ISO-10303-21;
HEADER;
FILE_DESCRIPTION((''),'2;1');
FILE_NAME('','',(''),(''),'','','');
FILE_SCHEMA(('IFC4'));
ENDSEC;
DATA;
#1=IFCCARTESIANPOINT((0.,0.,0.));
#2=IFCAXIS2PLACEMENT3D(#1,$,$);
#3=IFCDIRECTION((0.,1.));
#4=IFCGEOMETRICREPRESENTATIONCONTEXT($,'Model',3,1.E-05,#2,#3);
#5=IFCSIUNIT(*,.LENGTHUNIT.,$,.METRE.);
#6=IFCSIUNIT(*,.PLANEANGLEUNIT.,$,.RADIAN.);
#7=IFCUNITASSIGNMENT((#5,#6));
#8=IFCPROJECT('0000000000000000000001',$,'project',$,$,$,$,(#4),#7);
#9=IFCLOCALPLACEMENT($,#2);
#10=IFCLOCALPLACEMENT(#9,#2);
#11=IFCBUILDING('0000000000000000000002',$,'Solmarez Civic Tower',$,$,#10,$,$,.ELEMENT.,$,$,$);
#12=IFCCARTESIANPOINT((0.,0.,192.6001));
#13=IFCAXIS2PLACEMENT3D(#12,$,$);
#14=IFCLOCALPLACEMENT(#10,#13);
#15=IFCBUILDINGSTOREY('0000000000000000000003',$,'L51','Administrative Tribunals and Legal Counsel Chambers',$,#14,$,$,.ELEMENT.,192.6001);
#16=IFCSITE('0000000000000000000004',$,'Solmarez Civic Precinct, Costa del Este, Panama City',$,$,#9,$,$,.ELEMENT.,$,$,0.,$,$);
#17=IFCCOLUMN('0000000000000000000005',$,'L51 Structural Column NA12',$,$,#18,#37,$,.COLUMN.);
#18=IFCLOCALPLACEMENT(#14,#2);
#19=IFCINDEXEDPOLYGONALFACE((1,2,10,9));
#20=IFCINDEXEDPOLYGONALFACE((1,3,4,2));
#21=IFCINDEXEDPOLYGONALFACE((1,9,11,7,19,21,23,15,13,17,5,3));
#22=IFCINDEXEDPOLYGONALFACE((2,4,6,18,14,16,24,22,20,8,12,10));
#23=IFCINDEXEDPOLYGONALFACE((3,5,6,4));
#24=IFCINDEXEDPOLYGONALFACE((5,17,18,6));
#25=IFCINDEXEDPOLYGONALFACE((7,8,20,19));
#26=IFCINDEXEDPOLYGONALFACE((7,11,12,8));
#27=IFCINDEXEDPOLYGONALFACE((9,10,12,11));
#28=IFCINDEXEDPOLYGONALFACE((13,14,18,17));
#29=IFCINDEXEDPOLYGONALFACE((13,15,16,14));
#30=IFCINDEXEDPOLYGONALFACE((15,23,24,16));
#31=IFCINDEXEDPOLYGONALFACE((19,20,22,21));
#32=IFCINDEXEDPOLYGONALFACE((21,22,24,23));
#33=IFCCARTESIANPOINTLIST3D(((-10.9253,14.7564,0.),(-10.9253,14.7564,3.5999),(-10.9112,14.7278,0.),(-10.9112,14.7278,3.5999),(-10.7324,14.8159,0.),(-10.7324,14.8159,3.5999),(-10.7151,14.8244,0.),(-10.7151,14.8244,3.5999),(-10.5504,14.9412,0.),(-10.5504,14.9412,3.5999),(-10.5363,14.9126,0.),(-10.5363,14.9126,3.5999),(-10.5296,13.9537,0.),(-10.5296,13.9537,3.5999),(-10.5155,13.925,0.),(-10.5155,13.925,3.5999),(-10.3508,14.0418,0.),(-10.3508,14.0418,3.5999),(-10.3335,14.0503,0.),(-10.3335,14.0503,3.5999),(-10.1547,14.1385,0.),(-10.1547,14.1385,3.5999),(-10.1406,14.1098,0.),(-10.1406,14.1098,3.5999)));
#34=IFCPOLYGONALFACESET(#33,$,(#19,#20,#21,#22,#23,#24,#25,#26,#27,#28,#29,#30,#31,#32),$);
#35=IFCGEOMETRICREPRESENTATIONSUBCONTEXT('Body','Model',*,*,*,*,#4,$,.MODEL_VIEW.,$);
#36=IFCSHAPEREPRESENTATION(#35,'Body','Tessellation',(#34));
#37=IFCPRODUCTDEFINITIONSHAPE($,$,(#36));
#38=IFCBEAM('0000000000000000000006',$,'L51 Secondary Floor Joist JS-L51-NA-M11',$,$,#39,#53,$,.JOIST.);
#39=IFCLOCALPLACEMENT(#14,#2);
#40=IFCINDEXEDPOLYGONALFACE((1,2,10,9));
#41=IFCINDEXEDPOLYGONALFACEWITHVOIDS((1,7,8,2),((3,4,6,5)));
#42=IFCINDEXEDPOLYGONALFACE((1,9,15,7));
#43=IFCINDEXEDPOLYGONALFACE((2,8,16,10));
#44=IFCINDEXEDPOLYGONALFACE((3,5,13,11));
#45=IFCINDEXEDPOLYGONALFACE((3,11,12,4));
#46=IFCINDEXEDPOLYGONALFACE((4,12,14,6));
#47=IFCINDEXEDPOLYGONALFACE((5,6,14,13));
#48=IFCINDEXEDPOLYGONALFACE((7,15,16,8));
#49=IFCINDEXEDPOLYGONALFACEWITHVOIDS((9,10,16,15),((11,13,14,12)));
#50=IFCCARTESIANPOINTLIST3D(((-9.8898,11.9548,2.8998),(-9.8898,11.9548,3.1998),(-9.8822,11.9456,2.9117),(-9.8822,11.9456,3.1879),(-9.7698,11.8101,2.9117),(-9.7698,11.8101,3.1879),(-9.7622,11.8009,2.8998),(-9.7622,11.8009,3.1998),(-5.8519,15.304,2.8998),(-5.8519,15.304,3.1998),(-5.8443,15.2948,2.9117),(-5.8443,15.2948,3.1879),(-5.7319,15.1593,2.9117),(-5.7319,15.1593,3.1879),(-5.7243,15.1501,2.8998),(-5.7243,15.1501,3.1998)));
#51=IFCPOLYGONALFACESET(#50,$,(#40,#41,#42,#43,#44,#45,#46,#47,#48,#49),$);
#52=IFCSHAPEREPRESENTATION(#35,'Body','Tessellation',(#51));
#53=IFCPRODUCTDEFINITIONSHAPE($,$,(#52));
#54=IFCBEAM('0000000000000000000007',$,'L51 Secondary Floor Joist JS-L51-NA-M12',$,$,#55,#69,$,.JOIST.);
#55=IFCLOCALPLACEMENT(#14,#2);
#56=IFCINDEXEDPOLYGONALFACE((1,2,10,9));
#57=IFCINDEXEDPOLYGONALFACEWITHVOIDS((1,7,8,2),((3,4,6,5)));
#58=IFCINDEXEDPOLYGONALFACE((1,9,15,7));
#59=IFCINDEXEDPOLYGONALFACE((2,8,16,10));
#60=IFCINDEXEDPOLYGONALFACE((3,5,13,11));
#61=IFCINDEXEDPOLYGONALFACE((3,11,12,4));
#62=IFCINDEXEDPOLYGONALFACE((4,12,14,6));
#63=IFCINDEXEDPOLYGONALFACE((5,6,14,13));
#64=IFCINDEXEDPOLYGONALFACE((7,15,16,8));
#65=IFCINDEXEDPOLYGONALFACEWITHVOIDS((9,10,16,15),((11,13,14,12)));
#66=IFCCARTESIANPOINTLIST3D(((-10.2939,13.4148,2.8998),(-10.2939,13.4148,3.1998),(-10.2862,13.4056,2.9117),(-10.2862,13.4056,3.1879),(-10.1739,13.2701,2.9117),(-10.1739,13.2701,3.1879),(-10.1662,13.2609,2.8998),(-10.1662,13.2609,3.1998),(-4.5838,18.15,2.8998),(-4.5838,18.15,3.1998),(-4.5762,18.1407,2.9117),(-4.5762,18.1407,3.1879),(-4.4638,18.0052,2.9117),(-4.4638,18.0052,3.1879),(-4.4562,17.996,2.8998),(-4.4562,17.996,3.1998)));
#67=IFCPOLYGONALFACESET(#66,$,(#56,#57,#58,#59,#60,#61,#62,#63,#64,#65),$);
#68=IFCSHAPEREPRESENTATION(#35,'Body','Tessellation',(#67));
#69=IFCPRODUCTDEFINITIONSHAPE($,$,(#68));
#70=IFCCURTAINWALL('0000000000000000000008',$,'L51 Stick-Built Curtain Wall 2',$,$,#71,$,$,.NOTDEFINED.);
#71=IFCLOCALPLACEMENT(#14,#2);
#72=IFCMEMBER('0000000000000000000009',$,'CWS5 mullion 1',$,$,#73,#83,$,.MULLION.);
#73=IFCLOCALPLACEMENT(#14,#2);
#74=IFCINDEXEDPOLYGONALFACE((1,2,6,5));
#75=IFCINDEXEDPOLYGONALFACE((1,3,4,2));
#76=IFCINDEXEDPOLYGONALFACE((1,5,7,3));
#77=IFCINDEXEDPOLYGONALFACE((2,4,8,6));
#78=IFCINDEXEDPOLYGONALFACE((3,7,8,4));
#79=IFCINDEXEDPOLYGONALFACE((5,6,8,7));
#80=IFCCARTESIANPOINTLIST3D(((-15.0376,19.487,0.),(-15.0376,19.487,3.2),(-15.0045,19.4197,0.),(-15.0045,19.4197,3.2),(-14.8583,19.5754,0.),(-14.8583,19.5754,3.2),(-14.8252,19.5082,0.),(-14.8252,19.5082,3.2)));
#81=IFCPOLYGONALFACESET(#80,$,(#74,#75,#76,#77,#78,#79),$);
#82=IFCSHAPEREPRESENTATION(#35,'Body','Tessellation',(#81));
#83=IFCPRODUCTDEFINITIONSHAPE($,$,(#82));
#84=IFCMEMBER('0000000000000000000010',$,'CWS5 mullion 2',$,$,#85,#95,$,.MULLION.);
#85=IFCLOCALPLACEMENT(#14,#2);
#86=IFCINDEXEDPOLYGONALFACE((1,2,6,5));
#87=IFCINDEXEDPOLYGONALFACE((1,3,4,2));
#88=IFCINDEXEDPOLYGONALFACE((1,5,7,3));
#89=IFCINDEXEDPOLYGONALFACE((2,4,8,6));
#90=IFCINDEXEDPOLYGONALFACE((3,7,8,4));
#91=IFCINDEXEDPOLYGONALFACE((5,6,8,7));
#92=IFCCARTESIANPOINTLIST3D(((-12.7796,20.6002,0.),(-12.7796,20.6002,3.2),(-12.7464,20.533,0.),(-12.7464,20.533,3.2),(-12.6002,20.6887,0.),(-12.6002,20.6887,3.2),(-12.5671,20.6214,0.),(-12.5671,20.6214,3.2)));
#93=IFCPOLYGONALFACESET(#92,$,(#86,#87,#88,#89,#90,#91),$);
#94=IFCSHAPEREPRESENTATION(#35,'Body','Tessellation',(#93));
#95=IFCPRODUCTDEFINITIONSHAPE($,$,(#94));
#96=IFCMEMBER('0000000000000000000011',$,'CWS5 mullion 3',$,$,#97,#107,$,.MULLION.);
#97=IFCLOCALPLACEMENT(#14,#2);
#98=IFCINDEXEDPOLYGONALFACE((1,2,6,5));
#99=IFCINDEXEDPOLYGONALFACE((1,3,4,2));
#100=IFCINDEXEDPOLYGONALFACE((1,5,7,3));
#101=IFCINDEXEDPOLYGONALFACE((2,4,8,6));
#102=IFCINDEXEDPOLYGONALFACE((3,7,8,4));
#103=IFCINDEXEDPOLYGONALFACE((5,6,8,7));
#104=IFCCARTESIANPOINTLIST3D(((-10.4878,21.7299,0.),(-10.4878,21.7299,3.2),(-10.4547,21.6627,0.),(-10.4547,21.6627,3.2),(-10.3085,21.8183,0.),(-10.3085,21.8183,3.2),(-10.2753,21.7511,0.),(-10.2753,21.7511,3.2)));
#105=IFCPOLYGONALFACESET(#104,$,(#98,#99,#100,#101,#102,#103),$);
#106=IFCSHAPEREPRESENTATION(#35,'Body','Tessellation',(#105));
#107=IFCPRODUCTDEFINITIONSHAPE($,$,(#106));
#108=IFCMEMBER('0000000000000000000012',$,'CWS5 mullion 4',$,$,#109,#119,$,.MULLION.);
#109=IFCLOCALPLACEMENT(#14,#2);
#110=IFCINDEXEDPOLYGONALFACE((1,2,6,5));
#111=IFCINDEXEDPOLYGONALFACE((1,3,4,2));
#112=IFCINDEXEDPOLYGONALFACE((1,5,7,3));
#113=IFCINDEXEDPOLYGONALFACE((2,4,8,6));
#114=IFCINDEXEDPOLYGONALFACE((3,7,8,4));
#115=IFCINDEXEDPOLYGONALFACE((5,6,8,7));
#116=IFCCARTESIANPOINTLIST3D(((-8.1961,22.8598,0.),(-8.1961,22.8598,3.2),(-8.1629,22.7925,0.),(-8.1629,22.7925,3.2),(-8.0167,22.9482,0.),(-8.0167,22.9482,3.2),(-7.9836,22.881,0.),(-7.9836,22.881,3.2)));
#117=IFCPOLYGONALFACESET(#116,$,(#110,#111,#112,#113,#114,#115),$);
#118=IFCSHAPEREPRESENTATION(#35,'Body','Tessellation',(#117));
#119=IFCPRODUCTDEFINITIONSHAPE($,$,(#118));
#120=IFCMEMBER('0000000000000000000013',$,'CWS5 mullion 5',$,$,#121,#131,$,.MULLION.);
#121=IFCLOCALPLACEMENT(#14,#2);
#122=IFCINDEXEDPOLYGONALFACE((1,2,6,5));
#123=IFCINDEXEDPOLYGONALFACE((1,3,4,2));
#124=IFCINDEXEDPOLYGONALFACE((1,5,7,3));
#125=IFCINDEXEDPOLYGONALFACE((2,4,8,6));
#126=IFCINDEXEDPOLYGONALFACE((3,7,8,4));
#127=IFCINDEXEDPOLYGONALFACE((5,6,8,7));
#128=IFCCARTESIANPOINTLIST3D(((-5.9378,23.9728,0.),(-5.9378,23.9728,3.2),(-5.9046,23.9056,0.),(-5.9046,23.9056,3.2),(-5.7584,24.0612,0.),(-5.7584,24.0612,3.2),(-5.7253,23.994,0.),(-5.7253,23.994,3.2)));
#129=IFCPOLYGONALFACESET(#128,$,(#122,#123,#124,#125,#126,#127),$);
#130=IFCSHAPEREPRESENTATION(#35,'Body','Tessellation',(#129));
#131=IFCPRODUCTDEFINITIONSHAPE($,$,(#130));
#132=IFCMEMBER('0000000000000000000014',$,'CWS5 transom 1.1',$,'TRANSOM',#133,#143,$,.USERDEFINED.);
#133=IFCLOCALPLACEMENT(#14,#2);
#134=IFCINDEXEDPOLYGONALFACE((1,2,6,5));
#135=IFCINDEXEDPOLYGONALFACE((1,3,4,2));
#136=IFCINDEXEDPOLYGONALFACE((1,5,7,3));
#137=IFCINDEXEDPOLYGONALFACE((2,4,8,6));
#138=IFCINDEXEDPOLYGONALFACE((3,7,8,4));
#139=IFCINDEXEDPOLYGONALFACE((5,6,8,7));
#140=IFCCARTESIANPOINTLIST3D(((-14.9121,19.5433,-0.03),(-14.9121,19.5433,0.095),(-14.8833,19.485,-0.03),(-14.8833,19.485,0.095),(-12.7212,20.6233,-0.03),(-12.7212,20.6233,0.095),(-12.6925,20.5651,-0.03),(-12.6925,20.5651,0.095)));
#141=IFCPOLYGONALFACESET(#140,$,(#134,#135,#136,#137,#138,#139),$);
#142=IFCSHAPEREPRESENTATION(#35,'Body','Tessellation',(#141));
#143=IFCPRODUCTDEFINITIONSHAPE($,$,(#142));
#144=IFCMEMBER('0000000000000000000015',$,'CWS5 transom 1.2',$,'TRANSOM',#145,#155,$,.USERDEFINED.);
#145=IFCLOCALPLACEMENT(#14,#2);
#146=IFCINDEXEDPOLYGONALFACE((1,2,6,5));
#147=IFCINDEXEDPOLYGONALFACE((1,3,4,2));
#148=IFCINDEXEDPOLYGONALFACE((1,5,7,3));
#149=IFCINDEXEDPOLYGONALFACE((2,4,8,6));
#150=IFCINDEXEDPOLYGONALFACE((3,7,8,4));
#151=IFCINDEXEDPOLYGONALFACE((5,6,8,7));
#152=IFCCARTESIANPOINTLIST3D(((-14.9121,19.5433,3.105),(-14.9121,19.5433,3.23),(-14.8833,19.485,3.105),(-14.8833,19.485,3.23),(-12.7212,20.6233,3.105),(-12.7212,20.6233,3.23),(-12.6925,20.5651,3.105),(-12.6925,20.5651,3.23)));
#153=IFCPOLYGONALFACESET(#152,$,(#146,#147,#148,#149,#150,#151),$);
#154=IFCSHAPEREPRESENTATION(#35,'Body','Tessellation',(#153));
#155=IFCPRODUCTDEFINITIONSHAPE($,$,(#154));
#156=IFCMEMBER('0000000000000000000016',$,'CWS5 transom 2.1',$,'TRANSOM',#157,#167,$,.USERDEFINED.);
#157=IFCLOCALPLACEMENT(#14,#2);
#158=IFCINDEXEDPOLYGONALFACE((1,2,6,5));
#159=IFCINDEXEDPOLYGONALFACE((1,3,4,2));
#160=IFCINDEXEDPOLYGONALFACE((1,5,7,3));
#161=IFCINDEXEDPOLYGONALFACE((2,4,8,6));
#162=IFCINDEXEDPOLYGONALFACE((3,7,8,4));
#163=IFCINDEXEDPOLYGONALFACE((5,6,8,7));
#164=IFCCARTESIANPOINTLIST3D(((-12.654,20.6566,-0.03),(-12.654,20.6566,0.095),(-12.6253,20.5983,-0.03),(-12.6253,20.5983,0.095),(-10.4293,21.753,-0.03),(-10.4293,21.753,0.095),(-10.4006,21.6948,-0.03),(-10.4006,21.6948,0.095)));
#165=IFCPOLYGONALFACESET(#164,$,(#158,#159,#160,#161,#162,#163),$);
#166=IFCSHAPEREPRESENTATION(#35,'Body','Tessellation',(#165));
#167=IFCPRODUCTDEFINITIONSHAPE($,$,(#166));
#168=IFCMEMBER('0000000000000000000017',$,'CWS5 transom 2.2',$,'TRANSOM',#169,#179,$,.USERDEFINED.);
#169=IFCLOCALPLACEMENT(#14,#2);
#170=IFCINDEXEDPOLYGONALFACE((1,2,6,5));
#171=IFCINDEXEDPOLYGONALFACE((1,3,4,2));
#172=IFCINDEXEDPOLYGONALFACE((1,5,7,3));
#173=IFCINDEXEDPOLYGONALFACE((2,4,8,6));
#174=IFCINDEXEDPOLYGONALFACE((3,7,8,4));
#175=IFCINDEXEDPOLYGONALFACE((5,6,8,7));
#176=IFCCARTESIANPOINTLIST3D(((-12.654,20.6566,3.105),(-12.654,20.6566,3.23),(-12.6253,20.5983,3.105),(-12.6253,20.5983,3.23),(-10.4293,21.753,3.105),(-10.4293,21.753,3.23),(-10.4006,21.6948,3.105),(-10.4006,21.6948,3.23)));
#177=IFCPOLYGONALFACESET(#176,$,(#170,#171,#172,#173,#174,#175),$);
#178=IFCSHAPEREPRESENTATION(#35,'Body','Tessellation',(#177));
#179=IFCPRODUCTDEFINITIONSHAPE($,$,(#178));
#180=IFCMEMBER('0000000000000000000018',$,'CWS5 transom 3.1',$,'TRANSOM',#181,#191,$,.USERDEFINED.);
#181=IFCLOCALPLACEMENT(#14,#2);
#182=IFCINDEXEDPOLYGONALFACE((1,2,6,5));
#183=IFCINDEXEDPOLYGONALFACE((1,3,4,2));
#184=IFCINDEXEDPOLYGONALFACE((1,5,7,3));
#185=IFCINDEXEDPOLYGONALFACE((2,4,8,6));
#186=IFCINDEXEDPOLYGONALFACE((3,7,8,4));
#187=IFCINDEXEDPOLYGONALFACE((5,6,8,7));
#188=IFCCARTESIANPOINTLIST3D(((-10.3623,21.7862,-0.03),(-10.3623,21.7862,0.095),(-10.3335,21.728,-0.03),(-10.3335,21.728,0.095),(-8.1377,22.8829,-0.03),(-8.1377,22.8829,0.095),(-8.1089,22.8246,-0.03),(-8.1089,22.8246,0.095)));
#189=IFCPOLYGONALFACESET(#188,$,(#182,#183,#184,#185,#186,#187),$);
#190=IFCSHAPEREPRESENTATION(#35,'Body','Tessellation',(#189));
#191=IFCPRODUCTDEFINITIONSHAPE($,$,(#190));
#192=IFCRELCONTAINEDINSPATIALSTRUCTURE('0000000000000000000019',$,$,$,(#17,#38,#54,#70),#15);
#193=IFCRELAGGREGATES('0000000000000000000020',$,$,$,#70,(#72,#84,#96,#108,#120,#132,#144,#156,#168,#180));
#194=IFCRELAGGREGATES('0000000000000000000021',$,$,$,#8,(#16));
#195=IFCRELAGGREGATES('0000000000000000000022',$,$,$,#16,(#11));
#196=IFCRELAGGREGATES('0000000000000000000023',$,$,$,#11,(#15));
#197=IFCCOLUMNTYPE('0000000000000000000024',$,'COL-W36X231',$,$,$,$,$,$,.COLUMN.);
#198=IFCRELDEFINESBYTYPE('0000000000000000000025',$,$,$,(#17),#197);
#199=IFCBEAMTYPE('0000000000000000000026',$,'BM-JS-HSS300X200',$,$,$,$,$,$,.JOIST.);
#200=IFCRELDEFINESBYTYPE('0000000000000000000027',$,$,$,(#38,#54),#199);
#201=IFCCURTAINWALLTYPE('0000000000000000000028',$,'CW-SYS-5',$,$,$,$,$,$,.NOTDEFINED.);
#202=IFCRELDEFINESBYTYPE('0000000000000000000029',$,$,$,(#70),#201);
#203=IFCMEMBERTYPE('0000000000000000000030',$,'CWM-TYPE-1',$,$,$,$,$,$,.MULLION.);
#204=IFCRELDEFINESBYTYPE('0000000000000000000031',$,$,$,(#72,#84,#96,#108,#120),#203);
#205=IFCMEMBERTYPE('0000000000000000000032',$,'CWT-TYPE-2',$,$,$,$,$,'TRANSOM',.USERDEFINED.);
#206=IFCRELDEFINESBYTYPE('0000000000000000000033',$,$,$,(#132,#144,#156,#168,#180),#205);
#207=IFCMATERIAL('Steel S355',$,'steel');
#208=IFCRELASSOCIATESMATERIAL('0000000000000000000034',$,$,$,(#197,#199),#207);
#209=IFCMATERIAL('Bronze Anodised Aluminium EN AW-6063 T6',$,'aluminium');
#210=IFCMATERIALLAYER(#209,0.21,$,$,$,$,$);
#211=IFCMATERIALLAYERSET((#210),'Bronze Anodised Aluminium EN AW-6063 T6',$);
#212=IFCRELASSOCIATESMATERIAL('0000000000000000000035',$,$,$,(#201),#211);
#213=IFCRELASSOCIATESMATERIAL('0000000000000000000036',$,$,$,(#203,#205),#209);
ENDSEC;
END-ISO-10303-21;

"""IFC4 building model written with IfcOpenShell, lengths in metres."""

from ifc_helpers import new_model, si_unit, direction, frame, origin, origin_2d, place, context, subcontext, project, spatial, rectangle, hollow_rectangle, i_section, extrude, material, layer, layer_set, material_profile, profile_set, type_object, element, aggregate, save


model = new_model("IFC4")

# Units and contexts
model_context = context("Model", 3, precision=1e-05, world=origin(), true_north=direction((0.0, 1.0)))
body_context = subcontext(model_context, "Body", "Model", "MODEL_VIEW")
ifc_project = project(units=[si_unit("LENGTHUNIT", "METRE"), si_unit("PLANEANGLEUNIT", "RADIAN")], contexts=[model_context])

# Site, building, storey
site_placement = place(None, origin())
site = spatial("IfcSite", under=ifc_project, at=site_placement, Name="Solmarez Civic Precinct, Costa del Este, Panama City", CompositionType="ELEMENT", RefElevation=0.0)
building_placement = place(site_placement, origin())
building = spatial("IfcBuilding", under=site, at=building_placement, Name="Solmarez Civic Tower", CompositionType="ELEMENT")
storey_placement = place(building_placement, frame((0.0, 0.0, 192.6001)))
storey = spatial("IfcBuildingStorey", under=building, at=storey_placement, Name="L51", Description="Administrative Tribunals and Legal Counsel Chambers", CompositionType="ELEMENT", Elevation=192.6001)

# Column
ifc_material_1 = material(Name="Steel S355", Category="steel")
ifc_material_profile_1 = material_profile(ifc_material_1, i_section(OverallWidth=0.418, OverallDepth=0.927, WebThickness=0.0193, FlangeThickness=0.032, at=origin_2d()), Name="W36X231")
ifc_profile_set_1 = profile_set([ifc_material_profile_1], Name="Steel S355")
column_type = type_object("IfcColumnType", Name="COL-W36X231", PredefinedType="COLUMN", material=ifc_profile_set_1)
column_placement = place(storey_placement, frame((-10.533, 14.4331, 0.0), z_axis=(0.0, 0.0, 1.0), x_axis=(0.89695, 0.442132, 0.0)))
element("IfcColumn", 1, at=column_placement, inside=storey, type_object=column_type, Name="L51 Structural Column NA12", PredefinedType="COLUMN", context=body_context, shape_type="SweptSolid", body=[
    extrude(i_section(OverallWidth=0.418, OverallDepth=0.927, WebThickness=0.0193, FlangeThickness=0.032, at=origin_2d()), origin(), (0.0, 0.0, 1.0), 3.5999),
])

# Beams
ifc_material_profile_2 = material_profile(ifc_material_1, hollow_rectangle(XDim=0.2, YDim=0.3, WallThickness=0.012, at=origin_2d()), Name="HSS300X200X12")
ifc_profile_set_2 = profile_set([ifc_material_profile_2], Name="Steel S355")
beam_type = type_object("IfcBeamType", Name="BM-JS-HSS300X200", PredefinedType="JOIST", material=ifc_profile_set_2)
beam_1_placement = place(storey_placement, frame((-5.7881, 15.2271, 3.0498), z_axis=(-0.769695, -0.638411, 0.0), x_axis=(0.638411, -0.769695, 0.0)))
element("IfcBeam", 2, at=beam_1_placement, inside=storey, type_object=beam_type, Name="L51 Secondary Floor Joist JS-L51-NA-M11", PredefinedType="JOIST", context=body_context, shape_type="SweptSolid", body=[
    extrude(hollow_rectangle(XDim=0.2, YDim=0.3, WallThickness=0.012, at=origin_2d()), origin(), (0.0, 0.0, 1.0), 5.2461),
])
beam_2_placement = place(storey_placement, frame((-4.52, 18.073, 3.0498), z_axis=(-0.769757, -0.638337, 0.0), x_axis=(0.638337, -0.769757, 0.0)))
element("IfcBeam", 3, at=beam_2_placement, inside=storey, type_object=beam_type, Name="L51 Secondary Floor Joist JS-L51-NA-M12", PredefinedType="JOIST", context=body_context, shape_type="SweptSolid", body=[
    extrude(hollow_rectangle(XDim=0.2, YDim=0.3, WallThickness=0.012, at=origin_2d()), origin(), (0.0, 0.0, 1.0), 7.418),
])

# Curtain wall, members
ifc_material_2 = material(Name="Bronze Anodised Aluminium EN AW-6063 T6", Category="aluminium")
ifc_layer_1 = layer(ifc_material_2, 0.21)
ifc_layer_set_1 = layer_set([ifc_layer_1], Name="Bronze Anodised Aluminium EN AW-6063 T6")
curtain_wall_type = type_object("IfcCurtainWallType", Name="CW-SYS-5", PredefinedType="NOTDEFINED", material=ifc_layer_set_1)
curtain_wall_placement = place(storey_placement, origin())
curtain_wall = element("IfcCurtainWall", 4, at=curtain_wall_placement, inside=storey, type_object=curtain_wall_type, Name="L51 Stick-Built Curtain Wall 2", PredefinedType="NOTDEFINED")
ifc_material_profile_3 = material_profile(ifc_material_2, rectangle(XDim=0.075, YDim=0.2, at=origin_2d()), Name="CWM-75X200")
ifc_profile_set_3 = profile_set([ifc_material_profile_3], Name="Bronze Anodised Aluminium EN AW-6063 T6")
member_type_1 = type_object("IfcMemberType", Name="CWM-TYPE-1", PredefinedType="MULLION", material=ifc_profile_set_3)
member_1_placement = place(storey_placement, frame((-14.9314, 19.4976, 0.0), z_axis=(0.0, 0.0, 1.0), x_axis=(-0.442158, 0.896937, 0.0)))
member_1 = element("IfcMember", 5, at=member_1_placement, type_object=member_type_1, Name="CWS5 mullion 1", PredefinedType="MULLION", context=body_context, shape_type="SweptSolid", body=[
    extrude(rectangle(XDim=0.075, YDim=0.2, at=origin_2d()), origin(), (0.0, 0.0, 1.0), 3.2),
])
member_2_placement = place(storey_placement, frame((-12.6733, 20.6108, 0.0), z_axis=(0.0, 0.0, 1.0), x_axis=(-0.442158, 0.896937, 0.0)))
member_2 = element("IfcMember", 6, at=member_2_placement, type_object=member_type_1, Name="CWS5 mullion 2", PredefinedType="MULLION", context=body_context, shape_type="SweptSolid", body=[
    extrude(rectangle(XDim=0.075, YDim=0.2, at=origin_2d()), origin(), (0.0, 0.0, 1.0), 3.2),
])
member_3_placement = place(storey_placement, frame((-10.3816, 21.7405, 0.0), z_axis=(0.0, 0.0, 1.0), x_axis=(-0.442158, 0.896937, 0.0)))
member_3 = element("IfcMember", 7, at=member_3_placement, type_object=member_type_1, Name="CWS5 mullion 3", PredefinedType="MULLION", context=body_context, shape_type="SweptSolid", body=[
    extrude(rectangle(XDim=0.075, YDim=0.2, at=origin_2d()), origin(), (0.0, 0.0, 1.0), 3.2),
])
member_4_placement = place(storey_placement, frame((-8.0898, 22.8704, 0.0), z_axis=(0.0, 0.0, 1.0), x_axis=(-0.442158, 0.896937, 0.0)))
member_4 = element("IfcMember", 8, at=member_4_placement, type_object=member_type_1, Name="CWS5 mullion 4", PredefinedType="MULLION", context=body_context, shape_type="SweptSolid", body=[
    extrude(rectangle(XDim=0.075, YDim=0.2, at=origin_2d()), origin(), (0.0, 0.0, 1.0), 3.2),
])
member_5_placement = place(storey_placement, frame((-5.8315, 23.9834, 0.0), z_axis=(0.0, 0.0, 1.0), x_axis=(-0.442158, 0.896937, 0.0)))
member_5 = element("IfcMember", 9, at=member_5_placement, type_object=member_type_1, Name="CWS5 mullion 5", PredefinedType="MULLION", context=body_context, shape_type="SweptSolid", body=[
    extrude(rectangle(XDim=0.075, YDim=0.2, at=origin_2d()), origin(), (0.0, 0.0, 1.0), 3.2),
])
ifc_material_profile_4 = material_profile(ifc_material_2, rectangle(XDim=0.0649, YDim=0.125, at=origin_2d()), Name="CWT-65X125")
ifc_profile_set_4 = profile_set([ifc_material_profile_4], Name="Bronze Anodised Aluminium EN AW-6063 T6")
member_type_2 = type_object("IfcMemberType", Name="CWT-TYPE-2", ElementType="TRANSOM", PredefinedType="USERDEFINED", material=ifc_profile_set_4)
member_6_placement = place(storey_placement, frame((-14.8977, 19.5142, 0.0325), z_axis=(0.896932, 0.442169, 0.0), x_axis=(-0.442169, 0.896932, 0.0)))
member_6 = element("IfcMember", 10, at=member_6_placement, type_object=member_type_2, Name="CWS5 transom 1.1", ObjectType="TRANSOM", PredefinedType="USERDEFINED", context=body_context, shape_type="SweptSolid", body=[
    extrude(rectangle(XDim=0.0649, YDim=0.125, at=origin_2d()), origin(), (0.0, 0.0, 1.0), 2.4426),
])
member_7_placement = place(storey_placement, frame((-14.8977, 19.5142, 3.1675), z_axis=(0.896932, 0.442169, 0.0), x_axis=(-0.442169, 0.896932, 0.0)))
member_7 = element("IfcMember", 11, at=member_7_placement, type_object=member_type_2, Name="CWS5 transom 1.2", ObjectType="TRANSOM", PredefinedType="USERDEFINED", context=body_context, shape_type="SweptSolid", body=[
    extrude(rectangle(XDim=0.0649, YDim=0.125, at=origin_2d()), origin(), (0.0, 0.0, 1.0), 2.4426),
])
member_8_placement = place(storey_placement, frame((-12.6396, 20.6274, 0.0325), z_axis=(0.896972, 0.442087, 0.0), x_axis=(-0.442087, 0.896972, 0.0)))
member_8 = element("IfcMember", 12, at=member_8_placement, type_object=member_type_2, Name="CWS5 transom 2.1", ObjectType="TRANSOM", PredefinedType="USERDEFINED", context=body_context, shape_type="SweptSolid", body=[
    extrude(rectangle(XDim=0.0649, YDim=0.125, at=origin_2d()), origin(), (0.0, 0.0, 1.0), 2.4802),
])
member_9_placement = place(storey_placement, frame((-12.6396, 20.6274, 3.1675), z_axis=(0.896972, 0.442087, 0.0), x_axis=(-0.442087, 0.896972, 0.0)))
member_9 = element("IfcMember", 13, at=member_9_placement, type_object=member_type_2, Name="CWS5 transom 2.2", ObjectType="TRANSOM", PredefinedType="USERDEFINED", context=body_context, shape_type="SweptSolid", body=[
    extrude(rectangle(XDim=0.0649, YDim=0.125, at=origin_2d()), origin(), (0.0, 0.0, 1.0), 2.4802),
])
member_10_placement = place(storey_placement, frame((-10.3479, 21.7571, 0.0325), z_axis=(0.896933, 0.442167, 0.0), x_axis=(-0.442167, 0.896933, 0.0)))
member_10 = element("IfcMember", 14, at=member_10_placement, type_object=member_type_2, Name="CWS5 transom 3.1", ObjectType="TRANSOM", PredefinedType="USERDEFINED", context=body_context, shape_type="SweptSolid", body=[
    extrude(rectangle(XDim=0.0649, YDim=0.125, at=origin_2d()), origin(), (0.0, 0.0, 1.0), 2.4802),
])
aggregate(curtain_wall, [member_1, member_2, member_3, member_4, member_5, member_6, member_7, member_8, member_9, member_10])

save(model, "model.ifc")
